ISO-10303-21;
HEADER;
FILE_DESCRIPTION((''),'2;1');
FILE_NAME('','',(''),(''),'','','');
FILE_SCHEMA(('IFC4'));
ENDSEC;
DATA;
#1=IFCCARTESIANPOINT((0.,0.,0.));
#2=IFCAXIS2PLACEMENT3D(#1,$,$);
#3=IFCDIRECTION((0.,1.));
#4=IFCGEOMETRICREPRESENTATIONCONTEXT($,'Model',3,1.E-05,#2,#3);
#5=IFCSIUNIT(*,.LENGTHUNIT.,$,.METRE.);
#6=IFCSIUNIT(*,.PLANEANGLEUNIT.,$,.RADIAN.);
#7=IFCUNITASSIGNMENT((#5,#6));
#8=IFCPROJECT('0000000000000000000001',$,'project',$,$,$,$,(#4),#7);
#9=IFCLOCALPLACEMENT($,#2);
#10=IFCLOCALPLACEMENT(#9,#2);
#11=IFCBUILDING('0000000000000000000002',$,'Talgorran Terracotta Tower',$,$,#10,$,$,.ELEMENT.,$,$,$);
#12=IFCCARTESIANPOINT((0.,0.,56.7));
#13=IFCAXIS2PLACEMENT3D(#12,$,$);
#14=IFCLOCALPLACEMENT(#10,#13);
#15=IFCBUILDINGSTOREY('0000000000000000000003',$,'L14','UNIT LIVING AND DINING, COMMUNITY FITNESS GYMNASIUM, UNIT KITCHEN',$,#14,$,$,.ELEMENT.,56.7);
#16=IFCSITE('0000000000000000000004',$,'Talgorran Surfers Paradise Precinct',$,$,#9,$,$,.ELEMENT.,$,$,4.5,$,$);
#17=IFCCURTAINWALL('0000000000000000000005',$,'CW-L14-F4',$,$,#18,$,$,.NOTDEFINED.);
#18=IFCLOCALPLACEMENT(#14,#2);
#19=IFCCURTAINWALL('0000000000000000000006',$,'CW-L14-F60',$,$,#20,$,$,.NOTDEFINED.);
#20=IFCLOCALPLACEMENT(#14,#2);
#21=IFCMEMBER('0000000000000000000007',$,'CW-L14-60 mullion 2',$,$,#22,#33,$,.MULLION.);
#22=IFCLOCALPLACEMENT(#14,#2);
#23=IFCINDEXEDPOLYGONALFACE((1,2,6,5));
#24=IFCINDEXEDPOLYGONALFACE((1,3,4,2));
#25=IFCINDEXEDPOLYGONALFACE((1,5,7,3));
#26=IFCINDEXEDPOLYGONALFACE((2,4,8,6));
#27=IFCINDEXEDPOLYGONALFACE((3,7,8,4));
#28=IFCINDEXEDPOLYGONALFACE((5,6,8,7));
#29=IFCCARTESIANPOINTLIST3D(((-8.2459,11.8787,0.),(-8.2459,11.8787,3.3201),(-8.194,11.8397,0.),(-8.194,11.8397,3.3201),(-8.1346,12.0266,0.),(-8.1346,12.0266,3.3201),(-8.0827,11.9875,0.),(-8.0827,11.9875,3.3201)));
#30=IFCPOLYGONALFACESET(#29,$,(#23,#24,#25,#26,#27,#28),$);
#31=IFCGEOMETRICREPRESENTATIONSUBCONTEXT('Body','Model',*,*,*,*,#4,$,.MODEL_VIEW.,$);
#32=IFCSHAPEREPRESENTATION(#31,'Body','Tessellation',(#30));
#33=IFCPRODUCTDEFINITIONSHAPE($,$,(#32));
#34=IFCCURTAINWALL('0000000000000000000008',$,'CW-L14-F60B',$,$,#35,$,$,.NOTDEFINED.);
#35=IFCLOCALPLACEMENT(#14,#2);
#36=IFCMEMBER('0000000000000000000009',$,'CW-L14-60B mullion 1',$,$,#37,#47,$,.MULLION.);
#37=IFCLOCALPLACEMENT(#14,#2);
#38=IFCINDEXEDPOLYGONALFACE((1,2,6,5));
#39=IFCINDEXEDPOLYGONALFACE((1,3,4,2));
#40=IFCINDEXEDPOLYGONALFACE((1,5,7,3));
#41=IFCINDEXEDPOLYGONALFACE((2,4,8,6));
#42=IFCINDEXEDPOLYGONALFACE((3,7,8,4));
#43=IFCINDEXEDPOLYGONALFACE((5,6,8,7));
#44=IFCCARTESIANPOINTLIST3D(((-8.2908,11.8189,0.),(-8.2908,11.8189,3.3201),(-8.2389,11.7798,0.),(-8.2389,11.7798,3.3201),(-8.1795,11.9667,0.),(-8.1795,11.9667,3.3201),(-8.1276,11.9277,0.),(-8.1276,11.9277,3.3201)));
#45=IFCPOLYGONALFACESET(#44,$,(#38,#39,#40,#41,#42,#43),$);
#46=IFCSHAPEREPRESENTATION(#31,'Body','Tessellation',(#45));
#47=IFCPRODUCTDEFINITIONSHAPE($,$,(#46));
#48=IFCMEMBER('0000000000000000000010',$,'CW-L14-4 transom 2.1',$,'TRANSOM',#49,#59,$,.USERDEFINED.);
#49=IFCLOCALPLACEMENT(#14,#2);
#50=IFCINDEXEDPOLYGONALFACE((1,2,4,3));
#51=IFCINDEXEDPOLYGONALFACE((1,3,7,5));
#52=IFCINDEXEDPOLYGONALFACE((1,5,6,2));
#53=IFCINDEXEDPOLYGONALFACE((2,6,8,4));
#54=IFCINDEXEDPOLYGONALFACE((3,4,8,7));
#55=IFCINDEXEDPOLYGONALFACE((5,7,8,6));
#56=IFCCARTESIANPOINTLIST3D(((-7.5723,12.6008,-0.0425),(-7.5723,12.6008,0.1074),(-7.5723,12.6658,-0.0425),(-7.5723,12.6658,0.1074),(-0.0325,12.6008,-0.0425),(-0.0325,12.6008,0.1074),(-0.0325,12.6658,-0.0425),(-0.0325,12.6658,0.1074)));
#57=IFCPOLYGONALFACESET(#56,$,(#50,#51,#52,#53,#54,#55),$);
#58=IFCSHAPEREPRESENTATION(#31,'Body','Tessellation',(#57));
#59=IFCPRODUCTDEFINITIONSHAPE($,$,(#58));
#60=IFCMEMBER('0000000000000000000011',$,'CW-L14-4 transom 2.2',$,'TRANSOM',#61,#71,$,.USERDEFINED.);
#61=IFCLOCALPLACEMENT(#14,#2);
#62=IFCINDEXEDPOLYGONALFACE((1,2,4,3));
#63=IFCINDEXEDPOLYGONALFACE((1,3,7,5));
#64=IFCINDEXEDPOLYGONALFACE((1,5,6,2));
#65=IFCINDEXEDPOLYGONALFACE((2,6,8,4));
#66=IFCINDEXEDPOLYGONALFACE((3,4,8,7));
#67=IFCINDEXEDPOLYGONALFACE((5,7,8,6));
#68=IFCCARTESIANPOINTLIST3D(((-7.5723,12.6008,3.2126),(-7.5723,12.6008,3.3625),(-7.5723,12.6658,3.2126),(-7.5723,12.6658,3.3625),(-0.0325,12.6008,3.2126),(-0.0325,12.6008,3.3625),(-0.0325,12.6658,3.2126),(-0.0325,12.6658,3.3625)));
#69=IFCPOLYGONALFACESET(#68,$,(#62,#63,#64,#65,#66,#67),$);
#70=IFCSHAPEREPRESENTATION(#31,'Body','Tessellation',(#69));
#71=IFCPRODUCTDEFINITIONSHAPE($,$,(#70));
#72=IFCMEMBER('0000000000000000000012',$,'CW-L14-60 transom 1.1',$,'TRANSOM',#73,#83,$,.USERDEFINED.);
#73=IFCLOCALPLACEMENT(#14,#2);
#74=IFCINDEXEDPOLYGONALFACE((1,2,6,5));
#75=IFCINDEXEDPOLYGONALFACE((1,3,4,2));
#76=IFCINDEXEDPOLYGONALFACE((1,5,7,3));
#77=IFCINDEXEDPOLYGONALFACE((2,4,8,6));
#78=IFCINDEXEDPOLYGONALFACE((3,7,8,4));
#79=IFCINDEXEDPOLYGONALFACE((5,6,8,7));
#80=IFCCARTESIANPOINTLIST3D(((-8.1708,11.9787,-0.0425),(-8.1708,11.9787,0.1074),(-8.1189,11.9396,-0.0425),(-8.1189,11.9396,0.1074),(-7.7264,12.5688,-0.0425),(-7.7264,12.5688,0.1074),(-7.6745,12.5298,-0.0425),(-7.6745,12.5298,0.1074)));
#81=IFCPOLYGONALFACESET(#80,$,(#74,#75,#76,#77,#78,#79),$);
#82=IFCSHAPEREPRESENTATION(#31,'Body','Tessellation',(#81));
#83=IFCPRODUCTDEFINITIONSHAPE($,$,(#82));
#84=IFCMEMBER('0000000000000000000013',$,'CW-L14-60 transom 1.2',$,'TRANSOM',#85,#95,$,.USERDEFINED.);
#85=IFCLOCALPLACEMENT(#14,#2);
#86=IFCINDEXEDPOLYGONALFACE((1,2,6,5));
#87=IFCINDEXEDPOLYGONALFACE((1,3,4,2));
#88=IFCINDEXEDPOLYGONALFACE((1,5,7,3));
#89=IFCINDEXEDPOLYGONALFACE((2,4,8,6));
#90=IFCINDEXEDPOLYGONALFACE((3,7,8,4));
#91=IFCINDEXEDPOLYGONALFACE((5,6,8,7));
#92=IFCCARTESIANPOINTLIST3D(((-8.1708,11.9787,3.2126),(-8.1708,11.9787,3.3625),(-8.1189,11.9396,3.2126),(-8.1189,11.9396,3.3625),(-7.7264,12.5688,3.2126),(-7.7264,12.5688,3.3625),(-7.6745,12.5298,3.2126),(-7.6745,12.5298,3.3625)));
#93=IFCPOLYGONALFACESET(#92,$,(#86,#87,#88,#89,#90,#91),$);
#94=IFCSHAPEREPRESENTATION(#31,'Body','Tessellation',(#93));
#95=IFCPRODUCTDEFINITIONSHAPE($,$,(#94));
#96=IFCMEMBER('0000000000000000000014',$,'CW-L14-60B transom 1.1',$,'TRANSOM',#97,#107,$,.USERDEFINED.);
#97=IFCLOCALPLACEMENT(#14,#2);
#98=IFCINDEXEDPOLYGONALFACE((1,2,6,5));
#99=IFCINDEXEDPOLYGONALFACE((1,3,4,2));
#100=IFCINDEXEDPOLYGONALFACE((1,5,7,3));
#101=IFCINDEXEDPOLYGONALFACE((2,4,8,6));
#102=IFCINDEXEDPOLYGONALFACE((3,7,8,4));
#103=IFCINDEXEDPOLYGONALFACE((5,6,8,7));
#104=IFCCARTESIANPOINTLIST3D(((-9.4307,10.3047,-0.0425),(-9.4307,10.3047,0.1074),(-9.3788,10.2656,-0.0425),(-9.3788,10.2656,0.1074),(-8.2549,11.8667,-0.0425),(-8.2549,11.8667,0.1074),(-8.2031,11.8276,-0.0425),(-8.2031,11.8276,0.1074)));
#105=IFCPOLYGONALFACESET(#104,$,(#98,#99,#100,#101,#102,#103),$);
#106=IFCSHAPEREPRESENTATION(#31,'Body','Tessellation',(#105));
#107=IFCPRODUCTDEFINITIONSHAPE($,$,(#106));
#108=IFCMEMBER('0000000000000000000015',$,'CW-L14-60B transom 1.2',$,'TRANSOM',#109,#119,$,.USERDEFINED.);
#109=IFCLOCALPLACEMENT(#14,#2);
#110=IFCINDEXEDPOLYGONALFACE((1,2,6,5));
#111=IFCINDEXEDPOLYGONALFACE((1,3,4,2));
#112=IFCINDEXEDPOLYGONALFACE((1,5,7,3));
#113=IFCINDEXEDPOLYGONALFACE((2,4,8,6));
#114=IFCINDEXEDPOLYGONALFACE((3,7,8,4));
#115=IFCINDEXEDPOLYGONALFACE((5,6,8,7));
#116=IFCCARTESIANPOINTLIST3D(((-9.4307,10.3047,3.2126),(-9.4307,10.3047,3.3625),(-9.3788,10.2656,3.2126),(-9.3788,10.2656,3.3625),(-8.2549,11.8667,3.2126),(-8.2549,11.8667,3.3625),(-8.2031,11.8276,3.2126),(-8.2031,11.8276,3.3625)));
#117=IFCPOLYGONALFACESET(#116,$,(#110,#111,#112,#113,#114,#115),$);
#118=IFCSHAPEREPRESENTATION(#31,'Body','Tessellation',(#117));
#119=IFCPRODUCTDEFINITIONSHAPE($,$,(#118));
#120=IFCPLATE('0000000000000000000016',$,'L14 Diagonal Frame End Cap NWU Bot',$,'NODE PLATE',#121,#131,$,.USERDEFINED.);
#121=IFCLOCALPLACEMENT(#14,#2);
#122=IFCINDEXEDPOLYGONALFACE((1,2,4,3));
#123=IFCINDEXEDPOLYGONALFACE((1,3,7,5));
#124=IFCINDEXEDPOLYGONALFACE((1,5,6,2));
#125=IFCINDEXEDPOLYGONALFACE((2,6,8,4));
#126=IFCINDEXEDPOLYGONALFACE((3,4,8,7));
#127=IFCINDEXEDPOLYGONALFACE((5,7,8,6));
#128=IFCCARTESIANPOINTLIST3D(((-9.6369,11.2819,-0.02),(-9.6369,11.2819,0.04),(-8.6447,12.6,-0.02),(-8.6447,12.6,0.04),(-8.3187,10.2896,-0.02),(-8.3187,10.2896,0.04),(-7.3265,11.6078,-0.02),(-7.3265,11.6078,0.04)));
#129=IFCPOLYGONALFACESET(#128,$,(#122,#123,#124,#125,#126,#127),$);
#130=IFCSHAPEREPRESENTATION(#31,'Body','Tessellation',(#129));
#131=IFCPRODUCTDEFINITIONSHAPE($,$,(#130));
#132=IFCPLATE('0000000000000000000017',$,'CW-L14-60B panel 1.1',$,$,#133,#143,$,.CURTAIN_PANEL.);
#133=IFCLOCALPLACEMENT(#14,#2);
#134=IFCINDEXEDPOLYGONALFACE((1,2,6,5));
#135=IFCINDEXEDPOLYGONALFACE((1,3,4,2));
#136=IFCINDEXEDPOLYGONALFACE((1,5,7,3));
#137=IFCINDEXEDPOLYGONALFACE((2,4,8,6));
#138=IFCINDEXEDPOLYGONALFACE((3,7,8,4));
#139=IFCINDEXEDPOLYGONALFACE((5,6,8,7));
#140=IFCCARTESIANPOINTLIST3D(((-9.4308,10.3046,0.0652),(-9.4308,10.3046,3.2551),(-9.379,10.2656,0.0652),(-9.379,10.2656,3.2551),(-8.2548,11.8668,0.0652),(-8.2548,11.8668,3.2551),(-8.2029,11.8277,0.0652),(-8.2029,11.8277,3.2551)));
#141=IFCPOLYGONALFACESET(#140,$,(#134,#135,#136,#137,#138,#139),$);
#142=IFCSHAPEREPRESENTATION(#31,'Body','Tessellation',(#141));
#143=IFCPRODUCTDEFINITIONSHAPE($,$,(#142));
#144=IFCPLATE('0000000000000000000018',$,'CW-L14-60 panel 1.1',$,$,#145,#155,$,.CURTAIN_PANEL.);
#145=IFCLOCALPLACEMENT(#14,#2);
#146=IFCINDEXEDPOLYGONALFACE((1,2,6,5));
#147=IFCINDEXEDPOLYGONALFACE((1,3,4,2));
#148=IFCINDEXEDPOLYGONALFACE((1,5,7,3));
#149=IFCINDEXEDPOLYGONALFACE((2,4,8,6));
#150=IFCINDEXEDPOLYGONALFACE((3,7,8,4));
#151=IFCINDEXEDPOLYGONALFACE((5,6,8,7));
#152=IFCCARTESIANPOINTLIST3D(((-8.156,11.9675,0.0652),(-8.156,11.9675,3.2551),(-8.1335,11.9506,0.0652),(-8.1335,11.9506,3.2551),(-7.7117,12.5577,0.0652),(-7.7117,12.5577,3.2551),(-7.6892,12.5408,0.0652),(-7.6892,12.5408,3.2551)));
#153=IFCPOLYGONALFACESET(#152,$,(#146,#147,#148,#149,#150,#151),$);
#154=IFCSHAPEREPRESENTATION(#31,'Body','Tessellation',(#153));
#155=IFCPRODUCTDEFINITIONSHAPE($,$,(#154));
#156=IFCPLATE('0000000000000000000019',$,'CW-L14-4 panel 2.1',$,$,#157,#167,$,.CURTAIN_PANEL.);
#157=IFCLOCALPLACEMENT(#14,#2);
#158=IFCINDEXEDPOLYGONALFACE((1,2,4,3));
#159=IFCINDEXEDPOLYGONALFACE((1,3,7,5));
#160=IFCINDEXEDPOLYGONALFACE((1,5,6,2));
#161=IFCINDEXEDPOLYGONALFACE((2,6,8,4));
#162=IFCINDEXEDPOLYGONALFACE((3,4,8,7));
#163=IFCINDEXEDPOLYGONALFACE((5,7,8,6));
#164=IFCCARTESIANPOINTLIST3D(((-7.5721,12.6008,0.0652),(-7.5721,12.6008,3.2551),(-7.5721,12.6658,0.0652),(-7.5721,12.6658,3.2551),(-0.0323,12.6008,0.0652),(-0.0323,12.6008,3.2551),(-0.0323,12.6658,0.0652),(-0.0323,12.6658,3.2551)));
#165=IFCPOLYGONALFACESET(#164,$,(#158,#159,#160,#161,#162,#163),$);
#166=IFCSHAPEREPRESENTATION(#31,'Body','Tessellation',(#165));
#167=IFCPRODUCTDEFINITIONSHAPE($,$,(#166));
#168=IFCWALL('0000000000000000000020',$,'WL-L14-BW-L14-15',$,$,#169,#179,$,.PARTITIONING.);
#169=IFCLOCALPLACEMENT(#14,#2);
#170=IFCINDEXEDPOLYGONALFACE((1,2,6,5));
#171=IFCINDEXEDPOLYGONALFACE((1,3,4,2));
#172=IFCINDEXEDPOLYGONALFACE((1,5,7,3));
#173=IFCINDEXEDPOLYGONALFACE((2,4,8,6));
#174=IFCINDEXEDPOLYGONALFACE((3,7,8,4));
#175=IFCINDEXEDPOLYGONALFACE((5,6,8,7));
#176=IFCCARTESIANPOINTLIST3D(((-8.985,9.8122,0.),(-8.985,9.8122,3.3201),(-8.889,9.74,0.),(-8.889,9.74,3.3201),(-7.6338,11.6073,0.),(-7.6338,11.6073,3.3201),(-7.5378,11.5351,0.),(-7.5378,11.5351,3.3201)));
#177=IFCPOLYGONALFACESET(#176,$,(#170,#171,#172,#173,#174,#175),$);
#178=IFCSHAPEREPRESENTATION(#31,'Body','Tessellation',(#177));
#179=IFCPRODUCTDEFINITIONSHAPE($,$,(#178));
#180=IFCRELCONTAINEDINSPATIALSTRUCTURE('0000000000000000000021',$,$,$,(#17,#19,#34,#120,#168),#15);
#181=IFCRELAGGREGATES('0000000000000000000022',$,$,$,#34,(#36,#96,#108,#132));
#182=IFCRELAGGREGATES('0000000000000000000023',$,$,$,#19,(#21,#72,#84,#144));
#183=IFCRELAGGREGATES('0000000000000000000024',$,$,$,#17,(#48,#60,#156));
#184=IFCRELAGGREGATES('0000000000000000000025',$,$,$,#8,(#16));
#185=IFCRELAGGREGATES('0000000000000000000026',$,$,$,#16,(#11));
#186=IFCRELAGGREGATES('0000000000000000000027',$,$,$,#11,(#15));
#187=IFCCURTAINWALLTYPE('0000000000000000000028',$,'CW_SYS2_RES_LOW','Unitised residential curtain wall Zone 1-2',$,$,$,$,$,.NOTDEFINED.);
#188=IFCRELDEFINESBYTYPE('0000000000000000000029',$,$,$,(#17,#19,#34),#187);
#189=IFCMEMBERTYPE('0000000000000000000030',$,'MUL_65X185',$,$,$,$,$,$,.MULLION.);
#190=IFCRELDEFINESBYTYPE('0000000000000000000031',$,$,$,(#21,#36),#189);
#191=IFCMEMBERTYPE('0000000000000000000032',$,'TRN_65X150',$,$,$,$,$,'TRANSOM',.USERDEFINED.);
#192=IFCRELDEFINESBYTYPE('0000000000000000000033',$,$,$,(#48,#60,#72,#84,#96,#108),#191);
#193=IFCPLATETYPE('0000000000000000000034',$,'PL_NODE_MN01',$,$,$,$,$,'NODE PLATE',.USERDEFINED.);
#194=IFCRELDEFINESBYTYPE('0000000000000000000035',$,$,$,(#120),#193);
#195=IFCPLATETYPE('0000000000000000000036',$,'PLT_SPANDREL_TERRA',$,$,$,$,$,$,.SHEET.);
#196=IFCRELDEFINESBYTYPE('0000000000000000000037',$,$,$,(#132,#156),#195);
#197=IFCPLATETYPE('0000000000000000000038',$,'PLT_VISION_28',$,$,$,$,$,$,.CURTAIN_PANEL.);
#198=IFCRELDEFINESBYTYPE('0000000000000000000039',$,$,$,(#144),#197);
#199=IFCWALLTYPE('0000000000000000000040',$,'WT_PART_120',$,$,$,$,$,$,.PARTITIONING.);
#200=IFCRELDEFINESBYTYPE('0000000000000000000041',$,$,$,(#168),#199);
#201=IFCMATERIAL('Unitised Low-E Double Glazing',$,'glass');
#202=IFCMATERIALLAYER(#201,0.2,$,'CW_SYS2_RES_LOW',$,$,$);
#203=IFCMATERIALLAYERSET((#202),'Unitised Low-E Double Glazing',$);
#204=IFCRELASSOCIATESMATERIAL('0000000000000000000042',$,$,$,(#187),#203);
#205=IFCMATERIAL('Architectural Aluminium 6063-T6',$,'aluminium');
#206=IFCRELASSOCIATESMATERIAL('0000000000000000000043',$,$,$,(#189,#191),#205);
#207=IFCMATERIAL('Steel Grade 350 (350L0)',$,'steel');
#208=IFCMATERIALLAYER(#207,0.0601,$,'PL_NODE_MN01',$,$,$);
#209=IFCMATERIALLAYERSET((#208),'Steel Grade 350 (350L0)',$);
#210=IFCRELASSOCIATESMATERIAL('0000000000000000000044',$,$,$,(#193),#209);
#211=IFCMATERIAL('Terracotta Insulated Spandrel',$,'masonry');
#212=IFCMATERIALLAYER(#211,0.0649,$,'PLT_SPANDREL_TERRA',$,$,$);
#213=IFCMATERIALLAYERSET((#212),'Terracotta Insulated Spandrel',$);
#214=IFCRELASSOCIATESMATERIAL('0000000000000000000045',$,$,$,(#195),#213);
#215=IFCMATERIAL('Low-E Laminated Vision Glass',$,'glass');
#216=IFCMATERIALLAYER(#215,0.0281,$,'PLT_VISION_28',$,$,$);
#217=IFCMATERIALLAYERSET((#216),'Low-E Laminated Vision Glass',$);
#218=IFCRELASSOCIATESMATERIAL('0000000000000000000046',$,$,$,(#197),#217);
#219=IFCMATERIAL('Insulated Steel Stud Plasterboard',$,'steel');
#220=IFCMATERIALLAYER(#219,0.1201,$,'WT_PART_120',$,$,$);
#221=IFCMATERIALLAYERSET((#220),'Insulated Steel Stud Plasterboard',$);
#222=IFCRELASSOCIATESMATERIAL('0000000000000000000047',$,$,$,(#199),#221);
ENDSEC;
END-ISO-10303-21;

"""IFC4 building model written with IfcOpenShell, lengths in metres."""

from ifc_helpers import new_model, si_unit, direction, frame, frame_2d, origin, origin_2d, place, context, subcontext, project, spatial, rectangle, extrude, source, transform, mapped, material, layer, layer_set, material_profile, profile_set, type_object, type_shapes, element, aggregate, save


model = new_model("IFC4")

# Units and contexts
model_context = context("Model", 3, precision=1e-05, world=origin(), true_north=direction((0.0, 1.0)))
body_context = subcontext(model_context, "Body", "Model", "MODEL_VIEW")
ifc_project = project(units=[si_unit("LENGTHUNIT", "METRE"), si_unit("PLANEANGLEUNIT", "RADIAN")], contexts=[model_context])

# Site, building, storey
site_placement = place(None, origin())
site = spatial("IfcSite", under=ifc_project, at=site_placement, Name="Talgorran Surfers Paradise Precinct", CompositionType="ELEMENT", RefElevation=4.5)
building_placement = place(site_placement, origin())
building = spatial("IfcBuilding", under=site, at=building_placement, Name="Talgorran Terracotta Tower", CompositionType="ELEMENT")
storey_placement = place(building_placement, frame((0.0, 0.0, 56.7)))
storey = spatial("IfcBuildingStorey", under=building, at=storey_placement, Name="L14", Description="UNIT LIVING AND DINING, COMMUNITY FITNESS GYMNASIUM, UNIT KITCHEN", CompositionType="ELEMENT", Elevation=56.7)

# Shared definitions
ifc_material_1 = material(Name="Steel Grade 350 (350L0)", Category="steel")

# Curtain wall
ifc_material_2 = material(Name="Unitised Low-E Double Glazing", Category="glass")
ifc_layer_1 = layer(ifc_material_2, 0.2, Name="CW_SYS2_RES_LOW")
ifc_layer_set_1 = layer_set([ifc_layer_1], Name="Unitised Low-E Double Glazing")
curtain_wall_type = type_object("IfcCurtainWallType", Name="CW_SYS2_RES_LOW", Description="Unitised residential curtain wall Zone 1-2", PredefinedType="NOTDEFINED", material=ifc_layer_set_1)
curtain_wall_1_placement = place(storey_placement, origin())
curtain_wall_1 = element("IfcCurtainWall", 1, at=curtain_wall_1_placement, inside=storey, type_object=curtain_wall_type, Name="CW-L14-F4", PredefinedType="NOTDEFINED")
ifc_material_3 = material(Name="Architectural Aluminium 6063-T6", Category="aluminium")
ifc_material_profile_1 = material_profile(ifc_material_3, rectangle(XDim=0.0649, YDim=0.1851, at=origin_2d()), Name="CWM65X185")
ifc_profile_set_1 = profile_set([ifc_material_profile_1], Name="Architectural Aluminium 6063-T6")
member_type_1 = type_object("IfcMemberType", Name="MUL_65X185", PredefinedType="MULLION", material=ifc_profile_set_1)

# Curtain wall, member
curtain_wall_2_placement = place(storey_placement, origin())
curtain_wall_2 = element("IfcCurtainWall", 2, at=curtain_wall_2_placement, inside=storey, type_object=curtain_wall_type, Name="CW-L14-F60", PredefinedType="NOTDEFINED")
member_1_placement = place(storey_placement, frame((-8.1643, 11.9331, 0.0), z_axis=(0.0, 0.0, 1.0), x_axis=(0.798935, -0.601417, 0.0)))
member_1 = element("IfcMember", 3, at=member_1_placement, type_object=member_type_1, Name="CW-L14-60 mullion 2", PredefinedType="MULLION", context=body_context, shape_type="SweptSolid", body=[
    extrude(rectangle(XDim=0.0649, YDim=0.1851, at=origin_2d()), origin(), (0.0, 0.0, 1.0), 3.3201),
])

# Curtain wall, member
curtain_wall_3_placement = place(storey_placement, origin())
curtain_wall_3 = element("IfcCurtainWall", 4, at=curtain_wall_3_placement, inside=storey, type_object=curtain_wall_type, Name="CW-L14-F60B", PredefinedType="NOTDEFINED")
member_2_placement = place(storey_placement, frame((-8.2092, 11.8733, 0.0), z_axis=(0.0, 0.0, 1.0), x_axis=(0.798917, -0.601441, 0.0)))
member_2 = element("IfcMember", 5, at=member_2_placement, type_object=member_type_1, Name="CW-L14-60B mullion 1", PredefinedType="MULLION", context=body_context, shape_type="SweptSolid", body=[
    extrude(rectangle(XDim=0.0649, YDim=0.1851, at=origin_2d()), origin(), (0.0, 0.0, 1.0), 3.3201),
])

# Members
ifc_material_profile_2 = material_profile(ifc_material_3, rectangle(XDim=0.0649, YDim=0.1499, at=origin_2d()), Name="CWT65X150")
ifc_profile_set_2 = profile_set([ifc_material_profile_2], Name="Architectural Aluminium 6063-T6")
member_type_2 = type_object("IfcMemberType", Name="TRN_65X150", ElementType="TRANSOM", PredefinedType="USERDEFINED", material=ifc_profile_set_2)
member_3_placement = place(storey_placement, frame((-0.0325, 12.6333, 0.0325), z_axis=(-1.0, 0.0, 0.0), x_axis=(0.0, -1.0, 0.0)))
member_3 = element("IfcMember", 6, at=member_3_placement, type_object=member_type_2, Name="CW-L14-4 transom 2.1", ObjectType="TRANSOM", PredefinedType="USERDEFINED", context=body_context, shape_type="SweptSolid", body=[
    extrude(rectangle(XDim=0.0649, YDim=0.1499, at=origin_2d()), origin(), (0.0, 0.0, 1.0), 7.5398),
])
member_4_placement = place(storey_placement, frame((-0.0325, 12.6333, 3.2876), z_axis=(-1.0, 0.0, 0.0), x_axis=(0.0, -1.0, 0.0)))
member_4 = element("IfcMember", 7, at=member_4_placement, type_object=member_type_2, Name="CW-L14-4 transom 2.2", ObjectType="TRANSOM", PredefinedType="USERDEFINED", context=body_context, shape_type="SweptSolid", body=[
    extrude(rectangle(XDim=0.0649, YDim=0.1499, at=origin_2d()), origin(), (0.0, 0.0, 1.0), 7.5398),
])
member_5_placement = place(storey_placement, frame((-7.7004, 12.5493, 0.0325), z_axis=(-0.601532, -0.798848, 0.0), x_axis=(0.798848, -0.601532, 0.0)))
member_5 = element("IfcMember", 8, at=member_5_placement, type_object=member_type_2, Name="CW-L14-60 transom 1.1", ObjectType="TRANSOM", PredefinedType="USERDEFINED", context=body_context, shape_type="SweptSolid", body=[
    extrude(rectangle(XDim=0.0649, YDim=0.1499, at=origin_2d()), origin(), (0.0, 0.0, 1.0), 0.7388),
])
member_6_placement = place(storey_placement, frame((-7.7004, 12.5493, 3.2876), z_axis=(-0.601532, -0.798848, 0.0), x_axis=(0.798848, -0.601532, 0.0)))
member_6 = element("IfcMember", 9, at=member_6_placement, type_object=member_type_2, Name="CW-L14-60 transom 1.2", ObjectType="TRANSOM", PredefinedType="USERDEFINED", context=body_context, shape_type="SweptSolid", body=[
    extrude(rectangle(XDim=0.0649, YDim=0.1499, at=origin_2d()), origin(), (0.0, 0.0, 1.0), 0.7388),
])
member_7_placement = place(storey_placement, frame((-8.229, 11.8472, 0.0325), z_axis=(-0.601398, -0.79895, 0.0), x_axis=(0.79895, -0.601398, 0.0)))
member_7 = element("IfcMember", 10, at=member_7_placement, type_object=member_type_2, Name="CW-L14-60B transom 1.1", ObjectType="TRANSOM", PredefinedType="USERDEFINED", context=body_context, shape_type="SweptSolid", body=[
    extrude(rectangle(XDim=0.0649, YDim=0.1499, at=origin_2d()), origin(), (0.0, 0.0, 1.0), 1.9551),
])
member_8_placement = place(storey_placement, frame((-8.229, 11.8472, 3.2876), z_axis=(-0.601398, -0.79895, 0.0), x_axis=(0.79895, -0.601398, 0.0)))
member_8 = element("IfcMember", 11, at=member_8_placement, type_object=member_type_2, Name="CW-L14-60B transom 1.2", ObjectType="TRANSOM", PredefinedType="USERDEFINED", context=body_context, shape_type="SweptSolid", body=[
    extrude(rectangle(XDim=0.0649, YDim=0.1499, at=origin_2d()), origin(), (0.0, 0.0, 1.0), 1.9551),
])

# Plates
ifc_layer_2 = layer(ifc_material_1, 0.0601, Name="PL_NODE_MN01")
ifc_layer_set_2 = layer_set([ifc_layer_2], Name="Steel Grade 350 (350L0)")
plate_type_1 = type_object("IfcPlateType", Name="PL_NODE_MN01", ElementType="NODE PLATE", PredefinedType="USERDEFINED", material=ifc_layer_set_2)
plate_1_placement = place(storey_placement, frame((-8.4817, 11.4448, -0.02), z_axis=(0.0, 0.0, 1.0), x_axis=(-0.601397, -0.798951, 0.0)))
element("IfcPlate", 12, at=plate_1_placement, inside=storey, type_object=plate_type_1, Name="L14 Diagonal Frame End Cap NWU Bot", ObjectType="NODE PLATE", PredefinedType="USERDEFINED", context=body_context, shape_type="SweptSolid", body=[
    extrude(rectangle(XDim=1.6499, YDim=1.6499, at=origin_2d()), origin(), (0.0, 0.0, 1.0), 0.0601),
])
ifc_material_4 = material(Name="Terracotta Insulated Spandrel", Category="masonry")
ifc_layer_3 = layer(ifc_material_4, 0.0649, Name="PLT_SPANDREL_TERRA")
ifc_layer_set_3 = layer_set([ifc_layer_3], Name="Terracotta Insulated Spandrel")
plate_type_2 = type_object("IfcPlateType", Name="PLT_SPANDREL_TERRA", PredefinedType="SHEET", material=ifc_layer_set_3)
shared_shape_1 = source(origin(), body_context, "Body", "SweptSolid", [
    extrude(rectangle(XDim=1.9553, YDim=0.0649, at=origin_2d()), origin(), (0.0, 0.0, 1.0), 3.1899),
])
plate_2_placement = place(storey_placement, frame((-8.8169, 11.0662, 0.0652), z_axis=(0.0, 0.0, 1.0), x_axis=(-0.601441, -0.798917, 0.0)))
plate_2 = element("IfcPlate", 13, at=plate_2_placement, type_object=plate_type_2, Name="CW-L14-60B panel 1.1", PredefinedType="CURTAIN_PANEL", context=body_context, shape_type="MappedRepresentation", body=[
    mapped(shared_shape_1, transform((0.0, 0.0, 0.0), scale=1.0)),
])
aggregate(curtain_wall_3, [member_2, member_7, member_8, plate_2])
ifc_material_5 = material(Name="Low-E Laminated Vision Glass", Category="glass")
ifc_layer_4 = layer(ifc_material_5, 0.0281, Name="PLT_VISION_28")
ifc_layer_set_4 = layer_set([ifc_layer_4], Name="Low-E Laminated Vision Glass")
plate_type_3 = type_object("IfcPlateType", Name="PLT_VISION_28", PredefinedType="CURTAIN_PANEL", material=ifc_layer_set_4)
shared_shape_2 = source(origin(), body_context, "Body", "SweptSolid", [
    extrude(rectangle(XDim=0.7388, YDim=0.0281, at=origin_2d()), origin(), (0.0, 0.0, 1.0), 3.1899),
])
type_shapes(plate_type_3, [shared_shape_2])
plate_3_placement = place(storey_placement, frame((-7.9226, 12.2542, 0.0652), z_axis=(0.0, 0.0, 1.0), x_axis=(-0.601417, -0.798935, 0.0)))
plate_3 = element("IfcPlate", 14, at=plate_3_placement, type_object=plate_type_3, Name="CW-L14-60 panel 1.1", PredefinedType="CURTAIN_PANEL", context=body_context, shape_type="MappedRepresentation", body=[
    mapped(shared_shape_2, transform((0.0, 0.0, 0.0), scale=1.0)),
])
aggregate(curtain_wall_2, [member_1, member_5, member_6, plate_3])
shared_shape_3 = source(origin(), body_context, "Body", "SweptSolid", [
    extrude(rectangle(XDim=7.5398, YDim=0.0649, at=origin_2d()), origin(), (0.0, 0.0, 1.0), 3.1899),
])
type_shapes(plate_type_2, [shared_shape_1, shared_shape_3])
plate_4_placement = place(storey_placement, frame((-3.8022, 12.6333, 0.0652), z_axis=(0.0, 0.0, 1.0), x_axis=(-1.0, 0.0, 0.0)))
plate_4 = element("IfcPlate", 15, at=plate_4_placement, type_object=plate_type_2, Name="CW-L14-4 panel 2.1", PredefinedType="CURTAIN_PANEL", context=body_context, shape_type="MappedRepresentation", body=[
    mapped(shared_shape_3, transform((0.0, 0.0, 0.0), scale=1.0)),
])
aggregate(curtain_wall_1, [member_3, member_4, plate_4])

# Wall
ifc_material_6 = material(Name="Insulated Steel Stud Plasterboard", Category="steel")
ifc_layer_5 = layer(ifc_material_6, 0.1201, Name="WT_PART_120")
ifc_layer_set_5 = layer_set([ifc_layer_5], Name="Insulated Steel Stud Plasterboard")
wall_type = type_object("IfcWallType", Name="WT_PART_120", PredefinedType="PARTITIONING", material=ifc_layer_set_5)
wall_1_placement = place(storey_placement, frame((-7.5857, 11.5713, 0.0), z_axis=(0.0, 0.0, 1.0), x_axis=(-0.601407, -0.798943, 0.0)))
element("IfcWall", 16, at=wall_1_placement, inside=storey, type_object=wall_type, Name="WL-L14-BW-L14-15", PredefinedType="PARTITIONING", context=body_context, shape_type="SweptSolid", body=[
    extrude(rectangle(XDim=2.2468, YDim=0.1201, at=frame_2d((1.1235, 0.0))), origin(), (0.0, 0.0, 1.0), 3.3201),
])

save(model, "model.ifc")
